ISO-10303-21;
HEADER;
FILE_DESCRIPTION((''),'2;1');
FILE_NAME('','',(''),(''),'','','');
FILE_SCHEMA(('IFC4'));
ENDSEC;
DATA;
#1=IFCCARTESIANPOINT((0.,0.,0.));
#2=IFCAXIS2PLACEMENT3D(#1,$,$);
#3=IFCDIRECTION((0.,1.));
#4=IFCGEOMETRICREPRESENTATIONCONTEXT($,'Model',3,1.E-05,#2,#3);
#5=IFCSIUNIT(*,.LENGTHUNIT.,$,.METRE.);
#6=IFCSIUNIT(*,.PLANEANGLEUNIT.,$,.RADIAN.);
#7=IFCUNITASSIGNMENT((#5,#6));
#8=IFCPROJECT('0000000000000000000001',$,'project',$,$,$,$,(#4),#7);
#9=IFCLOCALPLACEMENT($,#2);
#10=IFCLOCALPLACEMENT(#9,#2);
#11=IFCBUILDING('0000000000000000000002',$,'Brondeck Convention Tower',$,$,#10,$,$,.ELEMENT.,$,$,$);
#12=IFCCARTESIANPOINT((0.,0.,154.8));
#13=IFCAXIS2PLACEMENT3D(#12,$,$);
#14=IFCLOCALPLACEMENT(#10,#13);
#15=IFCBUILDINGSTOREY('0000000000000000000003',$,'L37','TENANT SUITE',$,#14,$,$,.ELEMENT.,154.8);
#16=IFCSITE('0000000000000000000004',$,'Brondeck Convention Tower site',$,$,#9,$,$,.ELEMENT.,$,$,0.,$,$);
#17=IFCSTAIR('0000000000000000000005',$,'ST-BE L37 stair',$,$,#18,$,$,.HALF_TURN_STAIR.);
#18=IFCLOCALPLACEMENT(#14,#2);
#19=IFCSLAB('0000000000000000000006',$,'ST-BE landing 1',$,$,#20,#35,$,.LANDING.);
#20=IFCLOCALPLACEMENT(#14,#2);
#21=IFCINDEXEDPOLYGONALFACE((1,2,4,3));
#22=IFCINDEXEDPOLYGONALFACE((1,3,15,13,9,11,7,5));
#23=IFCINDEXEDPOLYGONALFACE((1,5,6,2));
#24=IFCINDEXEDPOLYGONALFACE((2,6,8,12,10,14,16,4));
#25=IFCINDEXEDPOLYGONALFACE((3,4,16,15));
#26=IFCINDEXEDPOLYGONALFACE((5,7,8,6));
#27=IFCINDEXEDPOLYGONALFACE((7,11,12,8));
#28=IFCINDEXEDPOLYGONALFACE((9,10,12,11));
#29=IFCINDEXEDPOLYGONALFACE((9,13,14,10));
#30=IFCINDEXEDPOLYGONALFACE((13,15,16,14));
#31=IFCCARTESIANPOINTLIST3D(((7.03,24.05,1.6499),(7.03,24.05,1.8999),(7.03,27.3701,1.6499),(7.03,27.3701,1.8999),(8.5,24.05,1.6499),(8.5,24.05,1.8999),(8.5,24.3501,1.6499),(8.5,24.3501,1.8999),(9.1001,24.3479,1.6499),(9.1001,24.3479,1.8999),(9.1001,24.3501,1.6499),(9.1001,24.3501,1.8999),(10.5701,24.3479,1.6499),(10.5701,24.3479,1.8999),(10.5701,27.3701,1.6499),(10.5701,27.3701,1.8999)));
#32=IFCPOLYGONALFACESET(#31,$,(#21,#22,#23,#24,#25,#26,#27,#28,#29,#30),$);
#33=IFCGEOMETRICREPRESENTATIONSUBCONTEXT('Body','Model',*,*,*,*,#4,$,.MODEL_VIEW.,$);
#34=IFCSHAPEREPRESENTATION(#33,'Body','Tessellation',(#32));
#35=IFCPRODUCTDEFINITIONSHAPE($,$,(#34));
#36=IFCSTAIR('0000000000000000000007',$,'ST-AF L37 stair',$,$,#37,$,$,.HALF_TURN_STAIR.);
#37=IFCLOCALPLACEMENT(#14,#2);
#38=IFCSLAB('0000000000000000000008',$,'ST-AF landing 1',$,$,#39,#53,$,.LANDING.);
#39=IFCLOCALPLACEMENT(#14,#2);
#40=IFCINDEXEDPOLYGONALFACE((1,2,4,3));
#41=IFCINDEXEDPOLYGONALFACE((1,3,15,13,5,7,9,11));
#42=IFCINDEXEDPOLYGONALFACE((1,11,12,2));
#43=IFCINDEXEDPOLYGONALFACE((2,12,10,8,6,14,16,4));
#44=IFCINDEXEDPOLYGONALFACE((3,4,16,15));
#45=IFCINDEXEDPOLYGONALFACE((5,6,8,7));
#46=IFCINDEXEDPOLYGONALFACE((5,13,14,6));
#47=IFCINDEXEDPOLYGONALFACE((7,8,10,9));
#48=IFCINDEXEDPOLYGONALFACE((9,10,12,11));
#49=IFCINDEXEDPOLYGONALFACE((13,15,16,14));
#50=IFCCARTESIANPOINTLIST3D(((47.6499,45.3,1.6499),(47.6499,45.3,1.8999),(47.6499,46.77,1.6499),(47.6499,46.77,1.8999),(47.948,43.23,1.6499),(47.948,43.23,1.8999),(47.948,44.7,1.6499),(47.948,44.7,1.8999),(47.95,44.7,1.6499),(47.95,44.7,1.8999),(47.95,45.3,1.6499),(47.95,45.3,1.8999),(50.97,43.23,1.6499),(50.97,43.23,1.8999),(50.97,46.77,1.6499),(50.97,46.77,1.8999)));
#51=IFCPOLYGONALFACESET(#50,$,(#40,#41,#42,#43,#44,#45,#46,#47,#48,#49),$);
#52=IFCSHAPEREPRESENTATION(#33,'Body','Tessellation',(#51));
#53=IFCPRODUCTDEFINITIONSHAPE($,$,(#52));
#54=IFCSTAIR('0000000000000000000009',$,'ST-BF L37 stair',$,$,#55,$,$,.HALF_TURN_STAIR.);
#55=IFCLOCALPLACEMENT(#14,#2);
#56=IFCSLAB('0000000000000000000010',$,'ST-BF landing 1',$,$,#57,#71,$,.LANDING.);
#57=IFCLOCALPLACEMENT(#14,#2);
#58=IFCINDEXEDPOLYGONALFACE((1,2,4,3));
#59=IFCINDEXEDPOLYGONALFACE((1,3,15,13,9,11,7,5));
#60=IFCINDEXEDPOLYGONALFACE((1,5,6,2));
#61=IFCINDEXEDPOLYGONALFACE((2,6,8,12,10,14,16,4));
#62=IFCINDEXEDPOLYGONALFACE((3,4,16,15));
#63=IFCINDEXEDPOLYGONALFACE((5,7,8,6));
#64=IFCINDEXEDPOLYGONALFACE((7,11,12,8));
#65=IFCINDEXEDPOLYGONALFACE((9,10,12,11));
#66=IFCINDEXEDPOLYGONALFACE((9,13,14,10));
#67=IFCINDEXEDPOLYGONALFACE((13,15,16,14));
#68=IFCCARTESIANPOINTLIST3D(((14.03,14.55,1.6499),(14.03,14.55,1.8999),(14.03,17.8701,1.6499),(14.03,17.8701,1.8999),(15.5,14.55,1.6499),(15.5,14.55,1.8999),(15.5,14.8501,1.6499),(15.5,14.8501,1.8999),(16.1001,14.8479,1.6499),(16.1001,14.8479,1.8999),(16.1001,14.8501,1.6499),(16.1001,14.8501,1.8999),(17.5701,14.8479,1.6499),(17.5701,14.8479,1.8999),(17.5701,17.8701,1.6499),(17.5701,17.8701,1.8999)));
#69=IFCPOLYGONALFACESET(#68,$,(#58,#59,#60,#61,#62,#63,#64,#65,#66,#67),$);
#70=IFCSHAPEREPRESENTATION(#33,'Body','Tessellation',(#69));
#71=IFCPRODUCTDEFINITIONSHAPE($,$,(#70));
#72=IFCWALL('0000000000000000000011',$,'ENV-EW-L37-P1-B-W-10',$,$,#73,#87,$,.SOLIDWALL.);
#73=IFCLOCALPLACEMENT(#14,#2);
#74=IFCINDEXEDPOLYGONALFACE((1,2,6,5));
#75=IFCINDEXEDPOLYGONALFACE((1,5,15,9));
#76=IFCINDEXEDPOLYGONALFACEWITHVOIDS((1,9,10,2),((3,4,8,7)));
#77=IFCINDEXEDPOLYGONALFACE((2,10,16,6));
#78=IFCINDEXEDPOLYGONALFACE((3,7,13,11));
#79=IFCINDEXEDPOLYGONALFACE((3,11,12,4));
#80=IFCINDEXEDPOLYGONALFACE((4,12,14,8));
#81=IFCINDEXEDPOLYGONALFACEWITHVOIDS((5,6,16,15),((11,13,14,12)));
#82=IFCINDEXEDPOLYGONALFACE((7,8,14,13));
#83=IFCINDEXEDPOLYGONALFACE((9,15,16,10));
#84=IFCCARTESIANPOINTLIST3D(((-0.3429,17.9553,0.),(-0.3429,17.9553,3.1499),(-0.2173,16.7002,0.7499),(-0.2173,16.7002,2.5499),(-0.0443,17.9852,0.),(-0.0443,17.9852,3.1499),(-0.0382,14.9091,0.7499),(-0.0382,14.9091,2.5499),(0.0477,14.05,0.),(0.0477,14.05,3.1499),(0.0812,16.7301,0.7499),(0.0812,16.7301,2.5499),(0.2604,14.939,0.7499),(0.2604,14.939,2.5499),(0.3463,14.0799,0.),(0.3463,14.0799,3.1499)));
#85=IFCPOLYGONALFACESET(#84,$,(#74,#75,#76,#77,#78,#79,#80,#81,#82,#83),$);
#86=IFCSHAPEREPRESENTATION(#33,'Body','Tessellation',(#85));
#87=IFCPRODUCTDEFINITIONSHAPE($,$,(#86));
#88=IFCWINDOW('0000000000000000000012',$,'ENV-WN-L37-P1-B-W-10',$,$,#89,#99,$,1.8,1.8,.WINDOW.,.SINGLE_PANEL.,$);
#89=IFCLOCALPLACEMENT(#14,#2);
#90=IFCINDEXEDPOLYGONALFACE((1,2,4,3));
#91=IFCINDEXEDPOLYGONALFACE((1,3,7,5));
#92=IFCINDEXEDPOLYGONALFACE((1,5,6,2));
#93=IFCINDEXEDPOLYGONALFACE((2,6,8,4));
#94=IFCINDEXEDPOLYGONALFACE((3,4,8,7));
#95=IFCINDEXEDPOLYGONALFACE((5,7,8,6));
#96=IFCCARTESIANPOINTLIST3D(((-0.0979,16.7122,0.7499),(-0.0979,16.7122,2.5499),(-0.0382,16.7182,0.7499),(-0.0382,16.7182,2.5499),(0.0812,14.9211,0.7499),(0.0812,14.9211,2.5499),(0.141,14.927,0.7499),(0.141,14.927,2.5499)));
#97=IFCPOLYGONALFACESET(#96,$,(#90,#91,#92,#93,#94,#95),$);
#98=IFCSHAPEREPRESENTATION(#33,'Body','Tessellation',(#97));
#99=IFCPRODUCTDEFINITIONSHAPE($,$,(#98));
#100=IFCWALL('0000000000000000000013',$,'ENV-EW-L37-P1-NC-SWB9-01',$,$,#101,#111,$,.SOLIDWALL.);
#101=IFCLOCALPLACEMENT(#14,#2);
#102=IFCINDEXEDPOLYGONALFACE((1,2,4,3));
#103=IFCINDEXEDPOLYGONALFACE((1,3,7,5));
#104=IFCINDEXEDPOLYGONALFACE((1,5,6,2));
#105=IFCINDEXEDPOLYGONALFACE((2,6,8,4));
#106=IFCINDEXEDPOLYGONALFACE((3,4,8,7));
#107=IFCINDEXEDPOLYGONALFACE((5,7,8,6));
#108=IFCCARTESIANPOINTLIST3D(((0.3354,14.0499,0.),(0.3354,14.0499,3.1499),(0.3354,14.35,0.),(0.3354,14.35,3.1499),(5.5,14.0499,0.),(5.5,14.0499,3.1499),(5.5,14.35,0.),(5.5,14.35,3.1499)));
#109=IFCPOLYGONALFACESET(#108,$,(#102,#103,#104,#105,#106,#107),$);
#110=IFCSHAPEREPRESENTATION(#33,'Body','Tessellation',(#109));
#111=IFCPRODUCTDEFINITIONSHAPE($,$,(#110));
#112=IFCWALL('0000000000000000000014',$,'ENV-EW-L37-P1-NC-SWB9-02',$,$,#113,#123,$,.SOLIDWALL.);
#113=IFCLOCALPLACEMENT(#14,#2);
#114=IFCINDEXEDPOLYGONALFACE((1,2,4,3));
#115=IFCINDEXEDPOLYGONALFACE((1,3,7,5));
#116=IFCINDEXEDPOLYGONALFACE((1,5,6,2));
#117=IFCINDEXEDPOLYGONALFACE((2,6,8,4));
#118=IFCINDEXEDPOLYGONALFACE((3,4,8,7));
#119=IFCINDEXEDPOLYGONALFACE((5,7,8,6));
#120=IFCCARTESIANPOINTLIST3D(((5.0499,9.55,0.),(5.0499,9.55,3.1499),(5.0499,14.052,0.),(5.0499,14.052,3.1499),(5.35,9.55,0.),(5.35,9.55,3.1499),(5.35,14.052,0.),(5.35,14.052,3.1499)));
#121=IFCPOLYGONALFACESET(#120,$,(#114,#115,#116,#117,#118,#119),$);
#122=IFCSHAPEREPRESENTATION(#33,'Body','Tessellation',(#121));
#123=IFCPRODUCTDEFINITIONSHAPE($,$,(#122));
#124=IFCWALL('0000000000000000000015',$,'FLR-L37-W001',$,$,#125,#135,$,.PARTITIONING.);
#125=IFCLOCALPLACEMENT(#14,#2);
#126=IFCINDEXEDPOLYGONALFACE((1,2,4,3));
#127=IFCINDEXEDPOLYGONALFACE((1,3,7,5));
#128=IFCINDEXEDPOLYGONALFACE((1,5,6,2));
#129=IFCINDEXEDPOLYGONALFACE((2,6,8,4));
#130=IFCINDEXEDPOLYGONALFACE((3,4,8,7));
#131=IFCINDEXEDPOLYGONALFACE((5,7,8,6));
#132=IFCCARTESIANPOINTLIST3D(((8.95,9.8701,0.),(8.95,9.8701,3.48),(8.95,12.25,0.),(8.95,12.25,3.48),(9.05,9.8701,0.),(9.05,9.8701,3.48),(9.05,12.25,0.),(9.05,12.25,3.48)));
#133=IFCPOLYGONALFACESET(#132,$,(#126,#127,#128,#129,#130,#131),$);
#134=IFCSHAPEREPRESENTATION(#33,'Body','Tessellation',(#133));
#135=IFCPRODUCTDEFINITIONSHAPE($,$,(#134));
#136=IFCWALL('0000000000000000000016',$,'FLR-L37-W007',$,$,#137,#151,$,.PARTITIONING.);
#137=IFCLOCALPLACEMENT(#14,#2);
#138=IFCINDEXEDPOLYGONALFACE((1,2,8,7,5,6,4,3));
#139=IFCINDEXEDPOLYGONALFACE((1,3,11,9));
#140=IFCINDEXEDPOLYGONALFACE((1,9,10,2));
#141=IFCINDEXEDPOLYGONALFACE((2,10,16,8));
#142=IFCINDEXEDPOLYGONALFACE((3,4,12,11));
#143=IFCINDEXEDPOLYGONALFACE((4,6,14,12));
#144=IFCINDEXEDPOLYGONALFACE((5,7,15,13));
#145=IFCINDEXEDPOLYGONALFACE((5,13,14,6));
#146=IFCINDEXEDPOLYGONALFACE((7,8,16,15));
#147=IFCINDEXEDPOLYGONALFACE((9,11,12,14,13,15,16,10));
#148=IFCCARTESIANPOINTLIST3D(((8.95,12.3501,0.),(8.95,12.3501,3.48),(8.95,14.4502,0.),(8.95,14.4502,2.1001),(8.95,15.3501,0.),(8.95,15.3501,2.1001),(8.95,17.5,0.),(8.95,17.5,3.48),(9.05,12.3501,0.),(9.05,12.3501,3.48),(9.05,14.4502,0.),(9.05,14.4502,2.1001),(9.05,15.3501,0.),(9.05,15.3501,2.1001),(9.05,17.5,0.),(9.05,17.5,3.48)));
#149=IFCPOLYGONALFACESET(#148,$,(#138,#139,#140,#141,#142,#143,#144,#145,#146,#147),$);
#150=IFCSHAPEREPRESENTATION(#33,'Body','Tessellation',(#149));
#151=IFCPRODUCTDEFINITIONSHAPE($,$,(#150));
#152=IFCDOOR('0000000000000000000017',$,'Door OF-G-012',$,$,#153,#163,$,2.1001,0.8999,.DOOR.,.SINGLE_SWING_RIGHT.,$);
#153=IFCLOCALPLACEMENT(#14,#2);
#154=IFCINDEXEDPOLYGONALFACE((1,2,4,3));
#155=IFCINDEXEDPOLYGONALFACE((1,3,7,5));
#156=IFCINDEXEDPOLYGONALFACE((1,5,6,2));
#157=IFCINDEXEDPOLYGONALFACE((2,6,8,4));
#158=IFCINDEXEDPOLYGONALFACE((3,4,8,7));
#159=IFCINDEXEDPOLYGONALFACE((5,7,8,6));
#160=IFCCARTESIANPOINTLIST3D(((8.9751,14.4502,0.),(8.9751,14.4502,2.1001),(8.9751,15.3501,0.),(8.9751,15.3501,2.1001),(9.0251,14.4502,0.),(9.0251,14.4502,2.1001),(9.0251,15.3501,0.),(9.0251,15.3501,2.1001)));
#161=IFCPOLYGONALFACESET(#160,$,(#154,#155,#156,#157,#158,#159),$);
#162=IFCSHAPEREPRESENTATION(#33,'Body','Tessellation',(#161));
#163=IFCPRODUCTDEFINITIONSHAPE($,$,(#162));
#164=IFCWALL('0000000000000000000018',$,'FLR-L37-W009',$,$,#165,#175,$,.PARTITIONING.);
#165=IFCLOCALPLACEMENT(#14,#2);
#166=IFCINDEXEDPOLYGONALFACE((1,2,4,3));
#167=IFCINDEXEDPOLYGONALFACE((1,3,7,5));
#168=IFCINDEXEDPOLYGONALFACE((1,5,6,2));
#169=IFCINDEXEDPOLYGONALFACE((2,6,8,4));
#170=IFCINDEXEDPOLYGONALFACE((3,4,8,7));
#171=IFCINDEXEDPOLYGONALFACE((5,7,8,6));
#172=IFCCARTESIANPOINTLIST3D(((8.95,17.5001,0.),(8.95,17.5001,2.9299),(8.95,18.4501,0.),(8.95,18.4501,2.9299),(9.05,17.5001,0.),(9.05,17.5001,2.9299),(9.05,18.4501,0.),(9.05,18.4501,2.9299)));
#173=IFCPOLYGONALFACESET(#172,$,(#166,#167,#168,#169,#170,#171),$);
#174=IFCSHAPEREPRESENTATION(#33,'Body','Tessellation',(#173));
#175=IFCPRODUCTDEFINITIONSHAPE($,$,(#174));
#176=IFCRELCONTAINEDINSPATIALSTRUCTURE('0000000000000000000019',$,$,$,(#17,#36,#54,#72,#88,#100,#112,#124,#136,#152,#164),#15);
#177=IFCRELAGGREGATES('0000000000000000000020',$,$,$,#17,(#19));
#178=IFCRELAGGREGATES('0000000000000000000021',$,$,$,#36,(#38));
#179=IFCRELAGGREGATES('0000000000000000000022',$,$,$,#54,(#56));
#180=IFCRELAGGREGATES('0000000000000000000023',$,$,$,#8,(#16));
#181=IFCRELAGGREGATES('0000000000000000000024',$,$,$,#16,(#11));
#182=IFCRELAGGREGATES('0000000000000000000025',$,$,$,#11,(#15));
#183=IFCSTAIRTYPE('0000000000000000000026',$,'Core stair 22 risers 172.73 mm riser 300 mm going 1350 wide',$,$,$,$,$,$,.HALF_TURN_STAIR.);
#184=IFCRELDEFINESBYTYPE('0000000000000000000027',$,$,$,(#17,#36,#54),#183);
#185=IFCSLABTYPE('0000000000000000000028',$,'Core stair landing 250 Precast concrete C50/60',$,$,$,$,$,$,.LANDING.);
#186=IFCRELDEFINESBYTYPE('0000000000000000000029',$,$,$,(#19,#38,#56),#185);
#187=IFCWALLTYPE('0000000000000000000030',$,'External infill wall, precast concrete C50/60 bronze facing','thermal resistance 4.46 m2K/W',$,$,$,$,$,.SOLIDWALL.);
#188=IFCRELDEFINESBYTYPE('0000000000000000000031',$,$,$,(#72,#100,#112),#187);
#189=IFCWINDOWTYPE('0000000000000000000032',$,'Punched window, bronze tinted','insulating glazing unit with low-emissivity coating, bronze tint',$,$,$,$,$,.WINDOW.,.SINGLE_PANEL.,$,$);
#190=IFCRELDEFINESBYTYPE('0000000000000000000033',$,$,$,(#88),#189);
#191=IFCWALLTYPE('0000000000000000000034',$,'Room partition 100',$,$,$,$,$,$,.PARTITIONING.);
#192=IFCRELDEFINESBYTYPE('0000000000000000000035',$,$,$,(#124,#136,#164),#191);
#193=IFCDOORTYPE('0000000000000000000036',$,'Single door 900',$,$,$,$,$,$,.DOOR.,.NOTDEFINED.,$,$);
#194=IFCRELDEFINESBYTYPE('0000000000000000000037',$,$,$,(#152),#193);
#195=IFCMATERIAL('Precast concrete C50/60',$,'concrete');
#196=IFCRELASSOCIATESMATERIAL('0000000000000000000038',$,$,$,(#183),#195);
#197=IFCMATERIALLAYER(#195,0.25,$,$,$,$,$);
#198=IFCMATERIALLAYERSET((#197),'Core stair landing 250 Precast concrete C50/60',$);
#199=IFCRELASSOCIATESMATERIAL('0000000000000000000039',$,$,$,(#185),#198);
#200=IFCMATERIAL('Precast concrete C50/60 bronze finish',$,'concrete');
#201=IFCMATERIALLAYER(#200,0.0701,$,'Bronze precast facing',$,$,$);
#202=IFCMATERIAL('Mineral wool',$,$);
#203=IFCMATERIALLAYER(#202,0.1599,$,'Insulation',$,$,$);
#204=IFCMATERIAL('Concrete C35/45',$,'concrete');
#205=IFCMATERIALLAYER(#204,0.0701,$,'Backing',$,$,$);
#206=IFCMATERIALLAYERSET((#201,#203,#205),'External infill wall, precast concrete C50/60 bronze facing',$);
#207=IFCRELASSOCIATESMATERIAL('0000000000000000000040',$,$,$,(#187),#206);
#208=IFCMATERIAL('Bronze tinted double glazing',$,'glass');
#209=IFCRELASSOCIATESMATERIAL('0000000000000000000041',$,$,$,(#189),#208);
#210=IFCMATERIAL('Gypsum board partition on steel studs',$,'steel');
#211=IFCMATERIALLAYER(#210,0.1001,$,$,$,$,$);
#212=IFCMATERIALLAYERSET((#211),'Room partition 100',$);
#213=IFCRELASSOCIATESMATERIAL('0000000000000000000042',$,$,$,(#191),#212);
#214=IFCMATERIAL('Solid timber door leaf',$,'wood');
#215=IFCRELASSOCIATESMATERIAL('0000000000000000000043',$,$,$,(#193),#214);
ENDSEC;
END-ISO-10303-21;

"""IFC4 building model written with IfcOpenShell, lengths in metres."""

from ifc_helpers import new_model, si_unit, direction, frame, frame_2d, origin, place, context, subcontext, project, spatial, polyline, rectangle, outline, extrude, material, layer, layer_set, type_object, element, fill, aggregate, save


model = new_model("IFC4")

# Units and contexts
model_context = context("Model", 3, precision=1e-05, world=origin(), true_north=direction((0.0, 1.0)))
body_context = subcontext(model_context, "Body", "Model", "MODEL_VIEW")
ifc_project = project(units=[si_unit("LENGTHUNIT", "METRE"), si_unit("PLANEANGLEUNIT", "RADIAN")], contexts=[model_context])

# Site, building, storey
site_placement = place(None, origin())
site = spatial("IfcSite", under=ifc_project, at=site_placement, Name="Brondeck Convention Tower site", CompositionType="ELEMENT", RefElevation=0.0)
building_placement = place(site_placement, origin())
building = spatial("IfcBuilding", under=site, at=building_placement, Name="Brondeck Convention Tower", CompositionType="ELEMENT")
storey_placement = place(building_placement, frame((0.0, 0.0, 154.8)))
storey = spatial("IfcBuildingStorey", under=building, at=storey_placement, Name="L37", Description="TENANT SUITE", CompositionType="ELEMENT", Elevation=154.8)

# Shared definitions
ifc_material_1 = material(Name="Concrete C35/45", Category="concrete")

# Stairs, slabs
ifc_material_2 = material(Name="Precast concrete C50/60", Category="concrete")
stair_type = type_object("IfcStairType", Name="Core stair 22 risers 172.73 mm riser 300 mm going 1350 wide", PredefinedType="HALF_TURN_STAIR", material=ifc_material_2)
ifc_layer_1 = layer(ifc_material_2, 0.25)
ifc_layer_set_1 = layer_set([ifc_layer_1], Name="Core stair landing 250 Precast concrete C50/60")
slab_type_1 = type_object("IfcSlabType", Name="Core stair landing 250 Precast concrete C50/60", PredefinedType="LANDING", material=ifc_layer_set_1)
stair_1_placement = place(storey_placement, origin())
stair_1 = element("IfcStair", 1, at=stair_1_placement, inside=storey, type_object=stair_type, Name="ST-BE L37 stair", PredefinedType="HALF_TURN_STAIR")
slab_1_placement = place(storey_placement, frame((0.0, 0.0, 1.6499)))
slab_1 = element("IfcSlab", 2, at=slab_1_placement, type_object=slab_type_1, Name="ST-BE landing 1", PredefinedType="LANDING", context=body_context, shape_type="SweptSolid", body=[
    extrude(outline(polyline([(7.03, 24.05), (7.03, 27.3701), (10.5701, 27.3701), (10.5701, 24.3479), (9.1001, 24.3479), (9.1001, 24.3501), (8.5, 24.3501), (8.5, 24.05), (7.03, 24.05)])), origin(), (0.0, 0.0, 1.0), 0.25),
])
aggregate(stair_1, [slab_1])
stair_2_placement = place(storey_placement, origin())
stair_2 = element("IfcStair", 3, at=stair_2_placement, inside=storey, type_object=stair_type, Name="ST-AF L37 stair", PredefinedType="HALF_TURN_STAIR")
slab_2_placement = place(storey_placement, frame((0.0, 0.0, 1.6499)))
slab_2 = element("IfcSlab", 4, at=slab_2_placement, type_object=slab_type_1, Name="ST-AF landing 1", PredefinedType="LANDING", context=body_context, shape_type="SweptSolid", body=[
    extrude(outline(polyline([(47.948, 44.7), (47.95, 44.7), (47.95, 45.3), (47.6499, 45.3), (47.6499, 46.77), (50.97, 46.77), (50.97, 43.23), (47.948, 43.23), (47.948, 44.7)])), origin(), (0.0, 0.0, 1.0), 0.25),
])
aggregate(stair_2, [slab_2])
stair_3_placement = place(storey_placement, origin())
stair_3 = element("IfcStair", 5, at=stair_3_placement, inside=storey, type_object=stair_type, Name="ST-BF L37 stair", PredefinedType="HALF_TURN_STAIR")
slab_3_placement = place(storey_placement, frame((0.0, 0.0, 1.6499)))
slab_3 = element("IfcSlab", 6, at=slab_3_placement, type_object=slab_type_1, Name="ST-BF landing 1", PredefinedType="LANDING", context=body_context, shape_type="SweptSolid", body=[
    extrude(outline(polyline([(14.03, 14.55), (14.03, 17.8701), (17.5701, 17.8701), (17.5701, 14.8479), (16.1001, 14.8479), (16.1001, 14.8501), (15.5, 14.8501), (15.5, 14.55), (14.03, 14.55)])), origin(), (0.0, 0.0, 1.0), 0.25),
])
aggregate(stair_3, [slab_3])

# Wall, opening, window
ifc_material_3 = material(Name="Precast concrete C50/60 bronze finish", Category="concrete")
ifc_layer_2 = layer(ifc_material_3, 0.0701, Name="Bronze precast facing")
ifc_material_4 = material(Name="Mineral wool")
ifc_layer_3 = layer(ifc_material_4, 0.1599, Name="Insulation")
ifc_layer_4 = layer(ifc_material_1, 0.0701, Name="Backing")
ifc_layer_set_2 = layer_set([ifc_layer_2, ifc_layer_3, ifc_layer_4], Name="External infill wall, precast concrete C50/60 bronze facing")
wall_type_1 = type_object("IfcWallType", Name="External infill wall, precast concrete C50/60 bronze facing", Description="thermal resistance 4.46 m2K/W", PredefinedType="SOLIDWALL", material=ifc_layer_set_2)
wall_1_placement = place(storey_placement, frame((0.197, 14.0649, 0.0), z_axis=(0.0, 0.0, 1.0), x_axis=(-0.099528, 0.995035, 0.0)))
wall_1 = element("IfcWall", 7, at=wall_1_placement, inside=storey, type_object=wall_type_1, Name="ENV-EW-L37-P1-B-W-10", PredefinedType="SOLIDWALL", context=body_context, shape_type="SweptSolid", body=[
    extrude(rectangle(XDim=3.9248, YDim=0.3, at=frame_2d((1.9624, 0.0))), origin(), (0.0, 0.0, 1.0), 3.1499),
])
opening_1_placement = place(wall_1_placement, frame((0.8635, 0.0, 0.75)))
opening_1 = element("IfcOpeningElement", 8, at=opening_1_placement, cuts=wall_1, PredefinedType="OPENING", context=body_context, shape_type="SweptSolid", body=[
    extrude(rectangle(XDim=1.8, YDim=1.8, at=frame_2d((0.8999, 0.8999))), frame((0.0, 0.1599, 0.0), z_axis=(0.0, -1.0, 0.0), x_axis=(1.0, 0.0, 0.0)), (0.0, 0.0, 1.0), 0.3201),
])
ifc_material_5 = material(Name="Bronze tinted double glazing", Category="glass")
window_type = type_object("IfcWindowType", Name="Punched window, bronze tinted", Description="insulating glazing unit with low-emissivity coating, bronze tint", PartitioningType="SINGLE_PANEL", PredefinedType="WINDOW", material=ifc_material_5)
window_placement = place(opening_1_placement, origin())
window = element("IfcWindow", 9, at=window_placement, inside=storey, type_object=window_type, Name="ENV-WN-L37-P1-B-W-10", OverallHeight=1.8, OverallWidth=1.8, PartitioningType="SINGLE_PANEL", PredefinedType="WINDOW", context=body_context, shape_type="SweptSolid", body=[
    extrude(rectangle(XDim=1.8, YDim=1.8, at=frame_2d((0.8999, 0.8999))), frame((0.0, 0.03, 0.0), z_axis=(0.0, -1.0, 0.0), x_axis=(1.0, 0.0, 0.0)), (0.0, 0.0, 1.0), 0.0601),
])
fill(opening_1, window)

# Walls
wall_2_placement = place(storey_placement, frame((5.5, 14.2, 0.0), z_axis=(0.0, 0.0, 1.0), x_axis=(-1.0, 0.0, 0.0)))
element("IfcWall", 10, at=wall_2_placement, inside=storey, type_object=wall_type_1, Name="ENV-EW-L37-P1-NC-SWB9-01", PredefinedType="SOLIDWALL", context=body_context, shape_type="SweptSolid", body=[
    extrude(rectangle(XDim=5.1646, YDim=0.3, at=frame_2d((2.5823, 0.0))), origin(), (0.0, 0.0, 1.0), 3.1499),
])
wall_3_placement = place(storey_placement, frame((5.2, 9.55, 0.0), z_axis=(0.0, 0.0, 1.0), x_axis=(0.0, 1.0, 0.0)))
element("IfcWall", 11, at=wall_3_placement, inside=storey, type_object=wall_type_1, Name="ENV-EW-L37-P1-NC-SWB9-02", PredefinedType="SOLIDWALL", context=body_context, shape_type="SweptSolid", body=[
    extrude(rectangle(XDim=4.502, YDim=0.3, at=frame_2d((2.251, 0.0))), origin(), (0.0, 0.0, 1.0), 3.1499),
])
ifc_material_6 = material(Name="Gypsum board partition on steel studs", Category="steel")
ifc_layer_5 = layer(ifc_material_6, 0.1001)
ifc_layer_set_3 = layer_set([ifc_layer_5], Name="Room partition 100")
wall_type_2 = type_object("IfcWallType", Name="Room partition 100", PredefinedType="PARTITIONING", material=ifc_layer_set_3)
wall_4_placement = place(storey_placement, frame((9.0, 9.8701, 0.0), z_axis=(0.0, 0.0, 1.0), x_axis=(0.0, 1.0, 0.0)))
element("IfcWall", 12, at=wall_4_placement, inside=storey, type_object=wall_type_2, Name="FLR-L37-W001", PredefinedType="PARTITIONING", context=body_context, shape_type="SweptSolid", body=[
    extrude(rectangle(XDim=2.3799, YDim=0.1001, at=frame_2d((1.1899, 0.0))), origin(), (0.0, 0.0, 1.0), 3.48),
])

# Wall, opening, door
wall_5_placement = place(storey_placement, frame((9.0, 12.3501, 0.0), z_axis=(0.0, 0.0, 1.0), x_axis=(0.0, 1.0, 0.0)))
wall_5 = element("IfcWall", 13, at=wall_5_placement, inside=storey, type_object=wall_type_2, Name="FLR-L37-W007", PredefinedType="PARTITIONING", context=body_context, shape_type="SweptSolid", body=[
    extrude(rectangle(XDim=5.1499, YDim=0.1001, at=frame_2d((2.575, 0.0))), origin(), (0.0, 0.0, 1.0), 3.48),
])
opening_2_placement = place(wall_5_placement, frame((2.1001, 0.0, 0.0)))
opening_2 = element("IfcOpeningElement", 14, at=opening_2_placement, cuts=wall_5, PredefinedType="OPENING", context=body_context, shape_type="SweptSolid", body=[
    extrude(rectangle(XDim=0.8999, YDim=2.1001, at=frame_2d((0.45, 1.05))), frame((0.0, 0.0601, 0.0), z_axis=(0.0, -1.0, 0.0), x_axis=(1.0, 0.0, 0.0)), (0.0, 0.0, 1.0), 0.1201),
])
ifc_material_7 = material(Name="Solid timber door leaf", Category="wood")
door_type = type_object("IfcDoorType", Name="Single door 900", OperationType="NOTDEFINED", PredefinedType="DOOR", material=ifc_material_7)
door_placement = place(opening_2_placement, origin())
door = element("IfcDoor", 15, at=door_placement, inside=storey, type_object=door_type, Name="Door OF-G-012", OperationType="SINGLE_SWING_RIGHT", OverallHeight=2.1001, OverallWidth=0.8999, PredefinedType="DOOR", context=body_context, shape_type="SweptSolid", body=[
    extrude(rectangle(XDim=0.8999, YDim=2.1001, at=frame_2d((0.45, 1.05))), frame((0.0, 0.0249, 0.0), z_axis=(0.0, -1.0, 0.0), x_axis=(1.0, 0.0, 0.0)), (0.0, 0.0, 1.0), 0.05),
])
fill(opening_2, door)

# Wall
wall_6_placement = place(storey_placement, frame((9.0, 17.5, 0.0), z_axis=(0.0, 0.0, 1.0), x_axis=(0.0, 1.0, 0.0)))
element("IfcWall", 16, at=wall_6_placement, inside=storey, type_object=wall_type_2, Name="FLR-L37-W009", PredefinedType="PARTITIONING", context=body_context, shape_type="SweptSolid", body=[
    extrude(rectangle(XDim=0.95, YDim=0.1001, at=frame_2d((0.4751, 0.0))), origin(), (0.0, 0.0, 1.0), 2.9299),
])

save(model, "model.ifc")
